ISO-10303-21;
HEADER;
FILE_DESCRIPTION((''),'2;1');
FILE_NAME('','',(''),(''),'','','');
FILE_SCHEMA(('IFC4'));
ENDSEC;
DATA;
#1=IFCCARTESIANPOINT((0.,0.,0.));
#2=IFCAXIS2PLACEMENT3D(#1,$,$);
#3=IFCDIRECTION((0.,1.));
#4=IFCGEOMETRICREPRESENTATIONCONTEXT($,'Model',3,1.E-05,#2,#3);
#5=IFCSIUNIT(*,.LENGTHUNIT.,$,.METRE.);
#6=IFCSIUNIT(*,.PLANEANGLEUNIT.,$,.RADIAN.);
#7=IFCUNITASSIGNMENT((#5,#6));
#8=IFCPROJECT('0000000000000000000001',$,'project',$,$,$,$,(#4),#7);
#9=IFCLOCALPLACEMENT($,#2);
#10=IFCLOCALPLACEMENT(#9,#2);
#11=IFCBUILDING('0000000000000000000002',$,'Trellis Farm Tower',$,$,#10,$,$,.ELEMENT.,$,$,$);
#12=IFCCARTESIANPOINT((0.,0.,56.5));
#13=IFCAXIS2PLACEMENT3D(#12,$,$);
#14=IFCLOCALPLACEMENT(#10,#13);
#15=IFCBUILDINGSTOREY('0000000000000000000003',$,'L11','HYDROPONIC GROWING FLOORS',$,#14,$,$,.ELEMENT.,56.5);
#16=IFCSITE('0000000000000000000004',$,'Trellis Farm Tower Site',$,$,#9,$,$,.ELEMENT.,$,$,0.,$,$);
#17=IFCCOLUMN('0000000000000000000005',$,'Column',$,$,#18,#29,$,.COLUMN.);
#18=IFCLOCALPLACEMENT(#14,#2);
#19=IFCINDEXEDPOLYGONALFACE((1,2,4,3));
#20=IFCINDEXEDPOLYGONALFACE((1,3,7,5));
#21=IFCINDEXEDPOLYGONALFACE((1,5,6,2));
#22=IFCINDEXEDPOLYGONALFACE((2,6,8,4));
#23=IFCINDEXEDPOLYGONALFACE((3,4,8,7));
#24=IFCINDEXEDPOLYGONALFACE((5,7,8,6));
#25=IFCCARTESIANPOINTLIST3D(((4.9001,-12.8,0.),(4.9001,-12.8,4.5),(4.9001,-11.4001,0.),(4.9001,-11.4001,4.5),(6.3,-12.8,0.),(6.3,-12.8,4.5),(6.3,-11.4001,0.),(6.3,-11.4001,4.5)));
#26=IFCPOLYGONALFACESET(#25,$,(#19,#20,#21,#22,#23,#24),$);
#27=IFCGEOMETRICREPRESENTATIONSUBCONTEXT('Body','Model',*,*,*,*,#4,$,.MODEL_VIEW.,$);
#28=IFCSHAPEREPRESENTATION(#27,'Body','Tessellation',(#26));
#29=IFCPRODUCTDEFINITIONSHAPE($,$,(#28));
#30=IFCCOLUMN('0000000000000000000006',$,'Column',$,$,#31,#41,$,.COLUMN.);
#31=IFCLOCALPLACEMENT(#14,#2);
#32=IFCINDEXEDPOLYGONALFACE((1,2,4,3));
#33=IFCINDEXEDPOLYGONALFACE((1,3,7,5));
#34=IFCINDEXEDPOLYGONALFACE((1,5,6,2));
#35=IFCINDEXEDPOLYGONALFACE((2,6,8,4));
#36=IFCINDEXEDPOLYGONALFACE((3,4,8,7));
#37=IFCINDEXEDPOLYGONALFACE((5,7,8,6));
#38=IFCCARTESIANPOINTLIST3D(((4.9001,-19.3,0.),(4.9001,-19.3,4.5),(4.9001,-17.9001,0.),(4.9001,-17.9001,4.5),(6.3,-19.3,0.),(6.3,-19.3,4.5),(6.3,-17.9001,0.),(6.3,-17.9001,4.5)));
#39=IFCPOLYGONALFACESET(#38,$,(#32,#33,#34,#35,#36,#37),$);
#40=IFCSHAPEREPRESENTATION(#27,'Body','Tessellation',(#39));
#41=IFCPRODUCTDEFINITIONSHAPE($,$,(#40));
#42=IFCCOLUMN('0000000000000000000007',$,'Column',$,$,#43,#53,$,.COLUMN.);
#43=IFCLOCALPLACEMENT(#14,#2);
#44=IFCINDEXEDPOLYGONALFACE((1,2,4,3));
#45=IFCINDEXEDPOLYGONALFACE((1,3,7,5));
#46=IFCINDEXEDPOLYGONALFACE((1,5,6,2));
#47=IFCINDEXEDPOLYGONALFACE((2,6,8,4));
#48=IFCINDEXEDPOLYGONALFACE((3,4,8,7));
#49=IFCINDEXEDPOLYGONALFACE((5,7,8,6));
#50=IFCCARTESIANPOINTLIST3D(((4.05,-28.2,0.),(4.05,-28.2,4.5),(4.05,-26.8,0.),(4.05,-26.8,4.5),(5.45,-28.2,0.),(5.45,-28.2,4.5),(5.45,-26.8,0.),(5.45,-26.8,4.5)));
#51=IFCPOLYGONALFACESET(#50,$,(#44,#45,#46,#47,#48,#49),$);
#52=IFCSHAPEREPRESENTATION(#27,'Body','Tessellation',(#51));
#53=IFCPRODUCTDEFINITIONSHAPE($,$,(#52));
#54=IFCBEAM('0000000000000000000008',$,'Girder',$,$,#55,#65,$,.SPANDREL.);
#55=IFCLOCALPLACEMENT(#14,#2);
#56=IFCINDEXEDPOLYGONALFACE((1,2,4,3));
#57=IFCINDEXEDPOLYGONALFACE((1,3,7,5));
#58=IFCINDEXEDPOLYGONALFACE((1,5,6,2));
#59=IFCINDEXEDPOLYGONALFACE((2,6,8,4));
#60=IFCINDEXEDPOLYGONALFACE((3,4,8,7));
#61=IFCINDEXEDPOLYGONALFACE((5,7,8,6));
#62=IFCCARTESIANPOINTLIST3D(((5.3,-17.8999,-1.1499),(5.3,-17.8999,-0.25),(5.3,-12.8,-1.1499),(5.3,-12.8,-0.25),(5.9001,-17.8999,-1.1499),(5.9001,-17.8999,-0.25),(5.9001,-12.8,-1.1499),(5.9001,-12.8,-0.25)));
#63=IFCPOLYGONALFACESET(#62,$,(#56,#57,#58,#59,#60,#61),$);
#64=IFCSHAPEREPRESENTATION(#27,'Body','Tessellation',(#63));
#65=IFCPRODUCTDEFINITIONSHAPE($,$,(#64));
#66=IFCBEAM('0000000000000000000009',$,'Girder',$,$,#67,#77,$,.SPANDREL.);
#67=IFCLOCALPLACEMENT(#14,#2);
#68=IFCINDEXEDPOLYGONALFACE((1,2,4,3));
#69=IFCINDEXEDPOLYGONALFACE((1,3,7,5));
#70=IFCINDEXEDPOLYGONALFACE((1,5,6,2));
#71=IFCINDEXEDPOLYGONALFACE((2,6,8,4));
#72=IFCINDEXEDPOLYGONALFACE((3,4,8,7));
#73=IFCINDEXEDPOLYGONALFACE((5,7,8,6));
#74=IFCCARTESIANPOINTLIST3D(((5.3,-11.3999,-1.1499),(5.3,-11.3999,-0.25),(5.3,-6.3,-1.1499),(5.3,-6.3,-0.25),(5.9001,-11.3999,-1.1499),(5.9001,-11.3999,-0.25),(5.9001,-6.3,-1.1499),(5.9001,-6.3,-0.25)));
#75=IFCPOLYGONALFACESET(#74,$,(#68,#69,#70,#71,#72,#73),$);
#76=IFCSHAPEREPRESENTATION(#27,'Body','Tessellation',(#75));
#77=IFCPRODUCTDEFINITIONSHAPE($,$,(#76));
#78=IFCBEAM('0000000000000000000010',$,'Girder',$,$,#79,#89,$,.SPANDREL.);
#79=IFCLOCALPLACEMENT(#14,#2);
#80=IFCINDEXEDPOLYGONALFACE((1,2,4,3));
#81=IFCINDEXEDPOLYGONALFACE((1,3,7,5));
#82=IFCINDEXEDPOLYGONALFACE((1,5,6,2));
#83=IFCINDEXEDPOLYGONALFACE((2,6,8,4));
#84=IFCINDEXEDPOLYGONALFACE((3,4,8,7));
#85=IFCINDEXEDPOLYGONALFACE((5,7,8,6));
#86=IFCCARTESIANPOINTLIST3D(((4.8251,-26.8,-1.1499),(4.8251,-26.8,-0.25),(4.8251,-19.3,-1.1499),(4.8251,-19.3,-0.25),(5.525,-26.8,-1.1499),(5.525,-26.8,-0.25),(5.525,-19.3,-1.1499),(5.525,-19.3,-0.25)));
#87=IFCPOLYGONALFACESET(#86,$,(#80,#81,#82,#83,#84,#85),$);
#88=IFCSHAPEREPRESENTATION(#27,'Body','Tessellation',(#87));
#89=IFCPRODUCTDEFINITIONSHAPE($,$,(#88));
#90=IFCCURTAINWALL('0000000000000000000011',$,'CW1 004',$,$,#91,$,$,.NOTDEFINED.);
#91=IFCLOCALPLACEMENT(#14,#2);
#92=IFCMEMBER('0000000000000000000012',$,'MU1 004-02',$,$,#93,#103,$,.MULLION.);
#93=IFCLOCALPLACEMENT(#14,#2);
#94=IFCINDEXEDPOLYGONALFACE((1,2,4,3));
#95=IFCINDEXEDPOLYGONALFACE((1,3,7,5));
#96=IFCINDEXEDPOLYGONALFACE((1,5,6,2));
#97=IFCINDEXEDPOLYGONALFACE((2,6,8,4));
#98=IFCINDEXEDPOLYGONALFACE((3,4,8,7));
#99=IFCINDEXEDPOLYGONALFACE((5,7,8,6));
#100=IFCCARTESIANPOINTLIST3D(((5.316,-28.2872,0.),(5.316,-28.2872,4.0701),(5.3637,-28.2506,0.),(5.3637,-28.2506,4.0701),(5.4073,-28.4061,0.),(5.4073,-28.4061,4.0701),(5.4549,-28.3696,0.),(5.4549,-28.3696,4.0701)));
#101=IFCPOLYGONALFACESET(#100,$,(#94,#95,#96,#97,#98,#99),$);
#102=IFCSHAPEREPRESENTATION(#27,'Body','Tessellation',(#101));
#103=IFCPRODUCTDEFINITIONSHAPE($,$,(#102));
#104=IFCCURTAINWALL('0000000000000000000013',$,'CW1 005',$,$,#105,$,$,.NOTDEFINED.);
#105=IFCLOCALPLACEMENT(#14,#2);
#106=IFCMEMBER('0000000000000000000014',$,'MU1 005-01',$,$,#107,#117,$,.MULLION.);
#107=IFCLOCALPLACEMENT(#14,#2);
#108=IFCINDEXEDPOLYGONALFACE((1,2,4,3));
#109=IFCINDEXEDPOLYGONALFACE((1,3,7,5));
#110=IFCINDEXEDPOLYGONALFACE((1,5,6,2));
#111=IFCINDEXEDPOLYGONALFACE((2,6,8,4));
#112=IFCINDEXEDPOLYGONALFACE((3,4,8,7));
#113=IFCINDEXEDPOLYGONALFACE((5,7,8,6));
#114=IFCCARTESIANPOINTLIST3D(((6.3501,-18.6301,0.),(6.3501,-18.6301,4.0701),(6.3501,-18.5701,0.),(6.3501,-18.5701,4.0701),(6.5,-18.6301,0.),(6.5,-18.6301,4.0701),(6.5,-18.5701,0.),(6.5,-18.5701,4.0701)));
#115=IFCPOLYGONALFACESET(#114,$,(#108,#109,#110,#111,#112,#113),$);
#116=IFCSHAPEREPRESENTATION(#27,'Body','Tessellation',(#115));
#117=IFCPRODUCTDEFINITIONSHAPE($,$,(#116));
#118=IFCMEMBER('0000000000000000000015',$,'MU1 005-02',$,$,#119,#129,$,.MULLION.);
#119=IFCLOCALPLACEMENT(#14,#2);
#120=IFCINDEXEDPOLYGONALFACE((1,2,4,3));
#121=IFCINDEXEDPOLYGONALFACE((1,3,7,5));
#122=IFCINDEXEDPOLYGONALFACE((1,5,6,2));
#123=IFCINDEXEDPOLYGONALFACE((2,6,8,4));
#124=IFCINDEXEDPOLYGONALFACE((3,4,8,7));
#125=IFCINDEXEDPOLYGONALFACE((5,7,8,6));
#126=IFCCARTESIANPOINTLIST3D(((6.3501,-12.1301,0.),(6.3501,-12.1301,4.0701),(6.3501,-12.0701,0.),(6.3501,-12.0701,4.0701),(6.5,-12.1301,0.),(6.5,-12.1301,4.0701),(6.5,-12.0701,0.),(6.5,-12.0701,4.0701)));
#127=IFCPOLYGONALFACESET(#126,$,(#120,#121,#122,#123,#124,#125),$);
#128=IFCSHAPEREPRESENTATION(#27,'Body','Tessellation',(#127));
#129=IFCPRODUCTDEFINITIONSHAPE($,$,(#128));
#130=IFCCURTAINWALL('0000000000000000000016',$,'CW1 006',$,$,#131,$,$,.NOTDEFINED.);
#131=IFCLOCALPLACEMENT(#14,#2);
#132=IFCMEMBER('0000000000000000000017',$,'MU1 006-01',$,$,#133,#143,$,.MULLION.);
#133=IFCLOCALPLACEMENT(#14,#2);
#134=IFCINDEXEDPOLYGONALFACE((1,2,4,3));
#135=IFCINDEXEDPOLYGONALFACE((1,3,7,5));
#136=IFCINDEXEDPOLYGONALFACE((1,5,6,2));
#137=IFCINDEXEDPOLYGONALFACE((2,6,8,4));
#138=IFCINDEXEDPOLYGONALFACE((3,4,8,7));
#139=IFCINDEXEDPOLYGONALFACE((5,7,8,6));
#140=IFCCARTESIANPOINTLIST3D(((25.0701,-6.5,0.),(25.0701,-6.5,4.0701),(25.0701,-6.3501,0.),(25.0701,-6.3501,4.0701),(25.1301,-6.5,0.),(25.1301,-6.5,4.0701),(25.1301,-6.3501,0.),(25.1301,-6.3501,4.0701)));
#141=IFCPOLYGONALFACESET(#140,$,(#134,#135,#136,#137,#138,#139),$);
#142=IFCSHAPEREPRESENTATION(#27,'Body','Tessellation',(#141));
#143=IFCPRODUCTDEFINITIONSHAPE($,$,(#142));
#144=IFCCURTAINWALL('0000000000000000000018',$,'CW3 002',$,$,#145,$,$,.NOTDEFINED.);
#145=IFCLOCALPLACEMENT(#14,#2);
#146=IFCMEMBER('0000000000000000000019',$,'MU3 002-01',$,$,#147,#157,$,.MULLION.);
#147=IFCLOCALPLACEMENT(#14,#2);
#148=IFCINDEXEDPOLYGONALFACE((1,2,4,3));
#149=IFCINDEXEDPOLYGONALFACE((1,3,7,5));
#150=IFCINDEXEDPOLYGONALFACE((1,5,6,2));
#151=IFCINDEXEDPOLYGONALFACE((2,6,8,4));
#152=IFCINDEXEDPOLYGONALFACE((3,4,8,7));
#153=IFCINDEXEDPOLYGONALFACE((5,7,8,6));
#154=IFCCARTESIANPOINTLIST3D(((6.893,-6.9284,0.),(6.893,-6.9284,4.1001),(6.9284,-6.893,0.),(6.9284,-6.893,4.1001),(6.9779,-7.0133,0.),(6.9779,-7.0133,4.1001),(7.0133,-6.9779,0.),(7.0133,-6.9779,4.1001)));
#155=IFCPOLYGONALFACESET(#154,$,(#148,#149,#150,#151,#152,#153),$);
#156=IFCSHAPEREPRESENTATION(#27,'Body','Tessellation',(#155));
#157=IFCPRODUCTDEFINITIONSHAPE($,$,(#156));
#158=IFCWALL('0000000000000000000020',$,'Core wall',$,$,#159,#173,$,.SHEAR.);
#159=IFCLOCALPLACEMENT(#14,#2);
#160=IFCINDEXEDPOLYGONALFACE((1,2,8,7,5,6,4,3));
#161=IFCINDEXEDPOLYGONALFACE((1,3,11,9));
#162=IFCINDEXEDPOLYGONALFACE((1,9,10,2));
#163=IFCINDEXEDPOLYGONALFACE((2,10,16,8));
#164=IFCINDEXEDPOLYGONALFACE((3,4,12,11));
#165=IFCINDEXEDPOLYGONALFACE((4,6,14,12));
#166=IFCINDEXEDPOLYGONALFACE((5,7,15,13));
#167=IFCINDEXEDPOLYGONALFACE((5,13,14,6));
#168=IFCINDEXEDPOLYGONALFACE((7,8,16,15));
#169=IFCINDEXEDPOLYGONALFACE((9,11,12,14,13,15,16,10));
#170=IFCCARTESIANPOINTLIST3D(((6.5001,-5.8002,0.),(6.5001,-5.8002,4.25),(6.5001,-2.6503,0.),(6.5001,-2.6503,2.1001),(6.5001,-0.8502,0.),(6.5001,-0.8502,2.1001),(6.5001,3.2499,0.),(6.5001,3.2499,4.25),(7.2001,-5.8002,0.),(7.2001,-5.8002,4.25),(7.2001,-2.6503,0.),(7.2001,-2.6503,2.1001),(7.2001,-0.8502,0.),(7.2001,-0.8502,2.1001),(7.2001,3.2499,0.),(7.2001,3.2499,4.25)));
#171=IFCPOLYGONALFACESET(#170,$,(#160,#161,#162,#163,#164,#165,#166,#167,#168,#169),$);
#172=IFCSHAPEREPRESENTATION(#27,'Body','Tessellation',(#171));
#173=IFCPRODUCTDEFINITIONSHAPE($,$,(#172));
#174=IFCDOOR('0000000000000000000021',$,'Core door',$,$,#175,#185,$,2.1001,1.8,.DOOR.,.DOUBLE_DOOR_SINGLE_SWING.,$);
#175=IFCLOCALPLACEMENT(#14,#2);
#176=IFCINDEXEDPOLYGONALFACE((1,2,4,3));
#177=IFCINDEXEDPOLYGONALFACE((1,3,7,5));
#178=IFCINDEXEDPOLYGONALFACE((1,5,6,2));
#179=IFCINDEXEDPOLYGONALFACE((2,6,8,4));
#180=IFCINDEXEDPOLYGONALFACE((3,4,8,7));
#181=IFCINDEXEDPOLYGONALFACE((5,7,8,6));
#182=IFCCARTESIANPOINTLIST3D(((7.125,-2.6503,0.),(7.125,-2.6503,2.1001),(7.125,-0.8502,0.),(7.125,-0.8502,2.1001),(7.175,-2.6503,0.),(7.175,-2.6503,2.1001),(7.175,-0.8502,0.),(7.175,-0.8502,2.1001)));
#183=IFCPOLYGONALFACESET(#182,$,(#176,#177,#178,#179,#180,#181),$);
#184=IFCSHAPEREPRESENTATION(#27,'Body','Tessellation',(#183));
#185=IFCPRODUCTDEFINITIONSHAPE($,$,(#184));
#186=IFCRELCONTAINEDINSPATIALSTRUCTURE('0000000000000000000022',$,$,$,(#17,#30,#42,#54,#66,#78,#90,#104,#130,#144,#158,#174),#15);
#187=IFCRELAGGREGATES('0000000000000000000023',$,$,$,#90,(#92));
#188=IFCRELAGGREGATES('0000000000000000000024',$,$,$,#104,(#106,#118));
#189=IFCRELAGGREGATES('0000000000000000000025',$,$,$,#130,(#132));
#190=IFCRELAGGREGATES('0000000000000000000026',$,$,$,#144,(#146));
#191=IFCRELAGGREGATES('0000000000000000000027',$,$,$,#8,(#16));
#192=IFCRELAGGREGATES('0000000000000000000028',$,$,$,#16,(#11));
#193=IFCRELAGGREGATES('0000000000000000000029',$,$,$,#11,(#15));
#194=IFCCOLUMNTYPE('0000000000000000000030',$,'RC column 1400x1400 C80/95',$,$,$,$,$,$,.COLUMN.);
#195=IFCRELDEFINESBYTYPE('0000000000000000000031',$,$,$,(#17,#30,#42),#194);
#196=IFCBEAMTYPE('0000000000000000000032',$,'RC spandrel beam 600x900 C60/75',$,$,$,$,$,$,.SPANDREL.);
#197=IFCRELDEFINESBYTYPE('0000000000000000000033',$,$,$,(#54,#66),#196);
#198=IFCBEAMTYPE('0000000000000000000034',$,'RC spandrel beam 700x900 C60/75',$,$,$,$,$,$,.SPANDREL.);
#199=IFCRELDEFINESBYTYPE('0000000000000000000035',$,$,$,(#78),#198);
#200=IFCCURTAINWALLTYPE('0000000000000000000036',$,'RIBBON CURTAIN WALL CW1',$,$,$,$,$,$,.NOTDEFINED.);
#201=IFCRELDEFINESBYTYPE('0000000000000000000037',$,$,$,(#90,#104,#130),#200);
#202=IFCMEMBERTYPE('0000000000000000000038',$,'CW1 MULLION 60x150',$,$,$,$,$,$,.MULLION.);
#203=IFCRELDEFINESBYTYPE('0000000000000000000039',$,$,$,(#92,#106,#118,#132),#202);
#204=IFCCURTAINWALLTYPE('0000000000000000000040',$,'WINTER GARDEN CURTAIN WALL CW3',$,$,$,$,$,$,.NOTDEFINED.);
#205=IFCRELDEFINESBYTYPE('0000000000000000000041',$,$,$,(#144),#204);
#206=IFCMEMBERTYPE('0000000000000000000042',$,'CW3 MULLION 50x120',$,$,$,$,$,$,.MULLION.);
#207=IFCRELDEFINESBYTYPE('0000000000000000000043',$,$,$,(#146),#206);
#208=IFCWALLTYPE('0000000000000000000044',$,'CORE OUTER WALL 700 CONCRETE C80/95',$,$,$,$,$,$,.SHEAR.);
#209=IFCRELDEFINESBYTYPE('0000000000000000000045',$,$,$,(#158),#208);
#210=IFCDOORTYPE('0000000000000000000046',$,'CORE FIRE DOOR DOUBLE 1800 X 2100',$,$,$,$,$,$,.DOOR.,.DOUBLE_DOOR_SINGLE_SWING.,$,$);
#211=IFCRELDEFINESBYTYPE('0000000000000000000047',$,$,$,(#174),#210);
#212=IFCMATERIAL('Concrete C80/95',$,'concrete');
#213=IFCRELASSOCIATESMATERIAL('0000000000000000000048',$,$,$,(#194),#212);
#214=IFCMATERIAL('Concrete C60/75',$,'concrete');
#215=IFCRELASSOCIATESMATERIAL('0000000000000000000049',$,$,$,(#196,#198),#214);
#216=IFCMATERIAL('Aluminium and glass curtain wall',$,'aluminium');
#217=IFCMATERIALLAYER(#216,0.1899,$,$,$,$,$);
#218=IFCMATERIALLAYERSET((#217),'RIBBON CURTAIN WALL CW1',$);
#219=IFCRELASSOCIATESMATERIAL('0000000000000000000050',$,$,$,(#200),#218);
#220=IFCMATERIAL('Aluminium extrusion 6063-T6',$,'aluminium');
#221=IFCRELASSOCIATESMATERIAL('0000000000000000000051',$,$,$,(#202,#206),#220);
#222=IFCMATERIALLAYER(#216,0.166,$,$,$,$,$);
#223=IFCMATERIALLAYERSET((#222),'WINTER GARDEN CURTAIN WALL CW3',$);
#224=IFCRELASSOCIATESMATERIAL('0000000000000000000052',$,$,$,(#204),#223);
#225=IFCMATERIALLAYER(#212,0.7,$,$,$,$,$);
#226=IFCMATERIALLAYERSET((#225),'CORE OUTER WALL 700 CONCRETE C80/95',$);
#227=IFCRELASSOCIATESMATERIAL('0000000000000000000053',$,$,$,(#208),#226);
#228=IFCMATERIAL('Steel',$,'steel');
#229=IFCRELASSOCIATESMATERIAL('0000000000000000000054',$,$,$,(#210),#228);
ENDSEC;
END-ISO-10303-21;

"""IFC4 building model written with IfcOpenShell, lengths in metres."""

from ifc_helpers import new_model, si_unit, direction, frame, frame_2d, origin, origin_2d, place, context, subcontext, project, spatial, rectangle, extrude, source, transform, mapped, material, layer, layer_set, material_profile, profile_set, type_object, element, fill, aggregate, save


model = new_model("IFC4")

# Units and contexts
model_context = context("Model", 3, precision=1e-05, world=origin(), true_north=direction((0.0, 1.0)))
body_context = subcontext(model_context, "Body", "Model", "MODEL_VIEW")
ifc_project = project(units=[si_unit("LENGTHUNIT", "METRE"), si_unit("PLANEANGLEUNIT", "RADIAN")], contexts=[model_context])

# Site, building, storey
site_placement = place(None, origin())
site = spatial("IfcSite", under=ifc_project, at=site_placement, Name="Trellis Farm Tower Site", CompositionType="ELEMENT", RefElevation=0.0)
building_placement = place(site_placement, origin())
building = spatial("IfcBuilding", under=site, at=building_placement, Name="Trellis Farm Tower", CompositionType="ELEMENT")
storey_placement = place(building_placement, frame((0.0, 0.0, 56.5)))
storey = spatial("IfcBuildingStorey", under=building, at=storey_placement, Name="L11", Description="HYDROPONIC GROWING FLOORS", CompositionType="ELEMENT", Elevation=56.5)

# Columns
ifc_material_1 = material(Name="Concrete C80/95", Category="concrete")
ifc_material_profile_1 = material_profile(ifc_material_1, rectangle(XDim=1.3999, YDim=1.3999, at=origin_2d()), Name="RC column 1400x1400 C80/95")
ifc_profile_set_1 = profile_set([ifc_material_profile_1], Name="Concrete C80/95")
column_type = type_object("IfcColumnType", Name="RC column 1400x1400 C80/95", PredefinedType="COLUMN", material=ifc_profile_set_1)
shared_shape_1 = source(origin(), body_context, "Body", "SweptSolid", [
    extrude(rectangle(XDim=1.3999, YDim=1.3999, at=origin_2d()), origin(), (0.0, 0.0, 1.0), 4.5),
])
for number, where, z_axis, x_axis, name in (
    (1, (5.6001, -12.1001, 0.0), (0.0, 0.0, 1.0), (1.0, 0.0, 0.0), "Column"),
    (2, (5.6001, -18.6001, 0.0), (0.0, 0.0, 1.0), (1.0, 0.0, 0.0), "Column"),
    (3, (4.75, -27.5, 0.0), (0.0, 0.0, 1.0), (1.0, 0.0, 0.0), "Column"),
):
    element("IfcColumn", number, at=place(storey_placement, frame(where, z_axis=z_axis, x_axis=x_axis)), inside=storey, type_object=column_type, Name=name, PredefinedType="COLUMN", context=body_context, shape_type="MappedRepresentation", body=[
        mapped(shared_shape_1, transform((0.0, 0.0, 0.0))),
    ])

# Beams
ifc_material_2 = material(Name="Concrete C60/75", Category="concrete")
ifc_material_profile_2 = material_profile(ifc_material_2, rectangle(XDim=0.6001, YDim=0.8999, at=origin_2d()), Name="RC spandrel beam 600x900 C60/75")
ifc_profile_set_2 = profile_set([ifc_material_profile_2], Name="Concrete C60/75")
beam_type_1 = type_object("IfcBeamType", Name="RC spandrel beam 600x900 C60/75", PredefinedType="SPANDREL", material=ifc_profile_set_2)
shared_shape_2 = source(origin(), body_context, "Body", "SweptSolid", [
    extrude(rectangle(XDim=0.6001, YDim=0.8999, at=origin_2d()), origin(), (0.0, 0.0, 1.0), 5.0999),
])
for number, where, z_axis, x_axis, name in (
    (4, (5.6001, -17.8999, -0.7), (0.0, 1.0, 0.0), (-1.0, 0.0, 0.0), "Girder"),
    (5, (5.6001, -11.3999, -0.7), (0.0, 1.0, 0.0), (-1.0, 0.0, 0.0), "Girder"),
):
    element("IfcBeam", number, at=place(storey_placement, frame(where, z_axis=z_axis, x_axis=x_axis)), inside=storey, type_object=beam_type_1, Name=name, PredefinedType="SPANDREL", context=body_context, shape_type="MappedRepresentation", body=[
        mapped(shared_shape_2, transform((0.0, 0.0, 0.0))),
    ])
ifc_material_profile_3 = material_profile(ifc_material_2, rectangle(XDim=0.7, YDim=0.8999, at=origin_2d()), Name="RC spandrel beam 700x900 C60/75")
ifc_profile_set_3 = profile_set([ifc_material_profile_3], Name="Concrete C60/75")
beam_type_2 = type_object("IfcBeamType", Name="RC spandrel beam 700x900 C60/75", PredefinedType="SPANDREL", material=ifc_profile_set_3)
shared_shape_3 = source(origin(), body_context, "Body", "SweptSolid", [
    extrude(rectangle(XDim=0.7, YDim=0.8999, at=origin_2d()), origin(), (0.0, 0.0, 1.0), 7.5),
])
beam_placement = place(storey_placement, frame((5.175, -26.8, -0.7), z_axis=(0.0, 1.0, 0.0), x_axis=(-1.0, 0.0, 0.0)))
element("IfcBeam", 6, at=beam_placement, inside=storey, type_object=beam_type_2, Name="Girder", PredefinedType="SPANDREL", context=body_context, shape_type="MappedRepresentation", body=[
    mapped(shared_shape_3, transform((0.0, 0.0, 0.0))),
])

# Curtain wall, member
ifc_material_3 = material(Name="Aluminium and glass curtain wall", Category="aluminium")
ifc_layer_1 = layer(ifc_material_3, 0.1899)
ifc_layer_set_1 = layer_set([ifc_layer_1], Name="RIBBON CURTAIN WALL CW1")
curtain_wall_type_1 = type_object("IfcCurtainWallType", Name="RIBBON CURTAIN WALL CW1", PredefinedType="NOTDEFINED", material=ifc_layer_set_1)
placement = place(storey_placement, origin())
curtain_wall_1 = element("IfcCurtainWall", 7, at=placement, inside=storey, type_object=curtain_wall_type_1, Name="CW1 004", PredefinedType="NOTDEFINED")
ifc_material_4 = material(Name="Aluminium extrusion 6063-T6", Category="aluminium")
ifc_material_profile_4 = material_profile(ifc_material_4, rectangle(XDim=0.0601, YDim=0.1499, at=origin_2d()), Name="MULLION 60x150")
ifc_profile_set_4 = profile_set([ifc_material_profile_4], Name="Aluminium extrusion 6063-T6")
member_type_1 = type_object("IfcMemberType", Name="CW1 MULLION 60x150", PredefinedType="MULLION", material=ifc_profile_set_4)
shared_shape_4 = source(origin(), body_context, "Body", "SweptSolid", [
    extrude(rectangle(XDim=0.0601, YDim=0.1499, at=origin_2d()), origin(), (0.0, 0.0, 1.0), 4.0701),
])
member_1_placement = place(storey_placement, frame((5.3855, -28.3284, 0.0), z_axis=(0.0, 0.0, 1.0), x_axis=(0.793353, 0.608761, 0.0)))
member_1 = element("IfcMember", 8, at=member_1_placement, type_object=member_type_1, Name="MU1 004-02", PredefinedType="MULLION", context=body_context, shape_type="MappedRepresentation", body=[
    mapped(shared_shape_4, transform((0.0, 0.0, 0.0))),
])
aggregate(curtain_wall_1, [member_1])

# Curtain wall, members
curtain_wall_2 = element("IfcCurtainWall", 9, at=placement, inside=storey, type_object=curtain_wall_type_1, Name="CW1 005", PredefinedType="NOTDEFINED")
member_2_placement = place(storey_placement, frame((6.425, -18.6001, 0.0), z_axis=(0.0, 0.0, 1.0), x_axis=(0.0, 1.0, 0.0)))
member_2 = element("IfcMember", 10, at=member_2_placement, type_object=member_type_1, Name="MU1 005-01", PredefinedType="MULLION", context=body_context, shape_type="MappedRepresentation", body=[
    mapped(shared_shape_4, transform((0.0, 0.0, 0.0))),
])
member_3_placement = place(storey_placement, frame((6.425, -12.1001, 0.0), z_axis=(0.0, 0.0, 1.0), x_axis=(0.0, 1.0, 0.0)))
member_3 = element("IfcMember", 11, at=member_3_placement, type_object=member_type_1, Name="MU1 005-02", PredefinedType="MULLION", context=body_context, shape_type="MappedRepresentation", body=[
    mapped(shared_shape_4, transform((0.0, 0.0, 0.0))),
])
aggregate(curtain_wall_2, [member_2, member_3])

# Curtain walls, members
curtain_wall_3 = element("IfcCurtainWall", 12, at=placement, inside=storey, type_object=curtain_wall_type_1, Name="CW1 006", PredefinedType="NOTDEFINED")
member_4_placement = place(storey_placement, frame((25.1001, -6.425, 0.0), z_axis=(0.0, 0.0, 1.0), x_axis=(1.0, 0.0, 0.0)))
member_4 = element("IfcMember", 13, at=member_4_placement, type_object=member_type_1, Name="MU1 006-01", PredefinedType="MULLION", context=body_context, shape_type="MappedRepresentation", body=[
    mapped(shared_shape_4, transform((0.0, 0.0, 0.0))),
])
aggregate(curtain_wall_3, [member_4])
ifc_layer_2 = layer(ifc_material_3, 0.166)
ifc_layer_set_2 = layer_set([ifc_layer_2], Name="WINTER GARDEN CURTAIN WALL CW3")
curtain_wall_type_2 = type_object("IfcCurtainWallType", Name="WINTER GARDEN CURTAIN WALL CW3", PredefinedType="NOTDEFINED", material=ifc_layer_set_2)
curtain_wall_4 = element("IfcCurtainWall", 14, at=placement, inside=storey, type_object=curtain_wall_type_2, Name="CW3 002", PredefinedType="NOTDEFINED")
ifc_material_profile_5 = material_profile(ifc_material_4, rectangle(XDim=0.05, YDim=0.1201, at=origin_2d()), Name="MULLION 50x120")
ifc_profile_set_5 = profile_set([ifc_material_profile_5], Name="Aluminium extrusion 6063-T6")
member_type_2 = type_object("IfcMemberType", Name="CW3 MULLION 50x120", PredefinedType="MULLION", material=ifc_profile_set_5)
shared_shape_5 = source(origin(), body_context, "Body", "SweptSolid", [
    extrude(rectangle(XDim=0.05, YDim=0.1201, at=origin_2d()), origin(), (0.0, 0.0, 1.0), 4.1001),
])
member_5_placement = place(storey_placement, frame((6.9531, -6.9531, 0.0), z_axis=(0.0, 0.0, 1.0), x_axis=(0.707107, 0.707107, 0.0)))
member_5 = element("IfcMember", 15, at=member_5_placement, type_object=member_type_2, Name="MU3 002-01", PredefinedType="MULLION", context=body_context, shape_type="MappedRepresentation", body=[
    mapped(shared_shape_5, transform((0.0, 0.0, 0.0))),
])
aggregate(curtain_wall_4, [member_5])

# Wall, opening, door
ifc_layer_3 = layer(ifc_material_1, 0.7)
ifc_layer_set_3 = layer_set([ifc_layer_3], Name="CORE OUTER WALL 700 CONCRETE C80/95")
wall_type_1 = type_object("IfcWallType", Name="CORE OUTER WALL 700 CONCRETE C80/95", PredefinedType="SHEAR", material=ifc_layer_set_3)
shared_shape_6 = source(origin(), body_context, "Body", "SweptSolid", [
    extrude(rectangle(XDim=9.05, YDim=0.7, at=frame_2d((4.5249, 0.0))), origin(), (0.0, 0.0, 1.0), 4.25),
])
wall_1_placement = place(storey_placement, frame((6.8501, -5.8, 0.0), z_axis=(0.0, 0.0, 1.0), x_axis=(0.0, 1.0, 0.0)))
wall_1 = element("IfcWall", 16, at=wall_1_placement, inside=storey, type_object=wall_type_1, Name="Core wall", PredefinedType="SHEAR", context=body_context, shape_type="MappedRepresentation", body=[
    mapped(shared_shape_6, transform((0.0, 0.0, 0.0))),
])
shared_shape_7 = source(origin(), body_context, "Body", "SweptSolid", [
    extrude(rectangle(XDim=1.8, YDim=2.1001, at=frame_2d((0.8999, 1.05))), frame((0.0, 0.3601, 0.0), z_axis=(0.0, -1.0, 0.0), x_axis=(1.0, 0.0, 0.0)), (0.0, 0.0, 1.0), 0.7202),
])
opening_1_placement = place(wall_1_placement, frame((3.1499, 0.0, 0.0)))
opening_1 = element("IfcOpeningElement", 17, at=opening_1_placement, cuts=wall_1, PredefinedType="OPENING", context=body_context, shape_type="MappedRepresentation", body=[
    mapped(shared_shape_7, transform((0.0, 0.0, 0.0))),
])
ifc_material_5 = material(Name="Steel", Category="steel")
door_type_1 = type_object("IfcDoorType", Name="CORE FIRE DOOR DOUBLE 1800 X 2100", OperationType="DOUBLE_DOOR_SINGLE_SWING", PredefinedType="DOOR", material=ifc_material_5)
shared_shape_8 = source(origin(), body_context, "Body", "SweptSolid", [
    extrude(rectangle(XDim=1.8, YDim=2.1001, at=frame_2d((0.8999, 1.05))), frame((0.0, -0.2749, 0.0), z_axis=(0.0, -1.0, 0.0), x_axis=(1.0, 0.0, 0.0)), (0.0, 0.0, 1.0), 0.05),
])
door_1_placement = place(opening_1_placement, origin())
door_1 = element("IfcDoor", 18, at=door_1_placement, inside=storey, type_object=door_type_1, Name="Core door", OperationType="DOUBLE_DOOR_SINGLE_SWING", OverallHeight=2.1001, OverallWidth=1.8, PredefinedType="DOOR", context=body_context, shape_type="MappedRepresentation", body=[
    mapped(shared_shape_8, transform((0.0, 0.0, 0.0))),
])
fill(opening_1, door_1)

save(model, "model.ifc")
